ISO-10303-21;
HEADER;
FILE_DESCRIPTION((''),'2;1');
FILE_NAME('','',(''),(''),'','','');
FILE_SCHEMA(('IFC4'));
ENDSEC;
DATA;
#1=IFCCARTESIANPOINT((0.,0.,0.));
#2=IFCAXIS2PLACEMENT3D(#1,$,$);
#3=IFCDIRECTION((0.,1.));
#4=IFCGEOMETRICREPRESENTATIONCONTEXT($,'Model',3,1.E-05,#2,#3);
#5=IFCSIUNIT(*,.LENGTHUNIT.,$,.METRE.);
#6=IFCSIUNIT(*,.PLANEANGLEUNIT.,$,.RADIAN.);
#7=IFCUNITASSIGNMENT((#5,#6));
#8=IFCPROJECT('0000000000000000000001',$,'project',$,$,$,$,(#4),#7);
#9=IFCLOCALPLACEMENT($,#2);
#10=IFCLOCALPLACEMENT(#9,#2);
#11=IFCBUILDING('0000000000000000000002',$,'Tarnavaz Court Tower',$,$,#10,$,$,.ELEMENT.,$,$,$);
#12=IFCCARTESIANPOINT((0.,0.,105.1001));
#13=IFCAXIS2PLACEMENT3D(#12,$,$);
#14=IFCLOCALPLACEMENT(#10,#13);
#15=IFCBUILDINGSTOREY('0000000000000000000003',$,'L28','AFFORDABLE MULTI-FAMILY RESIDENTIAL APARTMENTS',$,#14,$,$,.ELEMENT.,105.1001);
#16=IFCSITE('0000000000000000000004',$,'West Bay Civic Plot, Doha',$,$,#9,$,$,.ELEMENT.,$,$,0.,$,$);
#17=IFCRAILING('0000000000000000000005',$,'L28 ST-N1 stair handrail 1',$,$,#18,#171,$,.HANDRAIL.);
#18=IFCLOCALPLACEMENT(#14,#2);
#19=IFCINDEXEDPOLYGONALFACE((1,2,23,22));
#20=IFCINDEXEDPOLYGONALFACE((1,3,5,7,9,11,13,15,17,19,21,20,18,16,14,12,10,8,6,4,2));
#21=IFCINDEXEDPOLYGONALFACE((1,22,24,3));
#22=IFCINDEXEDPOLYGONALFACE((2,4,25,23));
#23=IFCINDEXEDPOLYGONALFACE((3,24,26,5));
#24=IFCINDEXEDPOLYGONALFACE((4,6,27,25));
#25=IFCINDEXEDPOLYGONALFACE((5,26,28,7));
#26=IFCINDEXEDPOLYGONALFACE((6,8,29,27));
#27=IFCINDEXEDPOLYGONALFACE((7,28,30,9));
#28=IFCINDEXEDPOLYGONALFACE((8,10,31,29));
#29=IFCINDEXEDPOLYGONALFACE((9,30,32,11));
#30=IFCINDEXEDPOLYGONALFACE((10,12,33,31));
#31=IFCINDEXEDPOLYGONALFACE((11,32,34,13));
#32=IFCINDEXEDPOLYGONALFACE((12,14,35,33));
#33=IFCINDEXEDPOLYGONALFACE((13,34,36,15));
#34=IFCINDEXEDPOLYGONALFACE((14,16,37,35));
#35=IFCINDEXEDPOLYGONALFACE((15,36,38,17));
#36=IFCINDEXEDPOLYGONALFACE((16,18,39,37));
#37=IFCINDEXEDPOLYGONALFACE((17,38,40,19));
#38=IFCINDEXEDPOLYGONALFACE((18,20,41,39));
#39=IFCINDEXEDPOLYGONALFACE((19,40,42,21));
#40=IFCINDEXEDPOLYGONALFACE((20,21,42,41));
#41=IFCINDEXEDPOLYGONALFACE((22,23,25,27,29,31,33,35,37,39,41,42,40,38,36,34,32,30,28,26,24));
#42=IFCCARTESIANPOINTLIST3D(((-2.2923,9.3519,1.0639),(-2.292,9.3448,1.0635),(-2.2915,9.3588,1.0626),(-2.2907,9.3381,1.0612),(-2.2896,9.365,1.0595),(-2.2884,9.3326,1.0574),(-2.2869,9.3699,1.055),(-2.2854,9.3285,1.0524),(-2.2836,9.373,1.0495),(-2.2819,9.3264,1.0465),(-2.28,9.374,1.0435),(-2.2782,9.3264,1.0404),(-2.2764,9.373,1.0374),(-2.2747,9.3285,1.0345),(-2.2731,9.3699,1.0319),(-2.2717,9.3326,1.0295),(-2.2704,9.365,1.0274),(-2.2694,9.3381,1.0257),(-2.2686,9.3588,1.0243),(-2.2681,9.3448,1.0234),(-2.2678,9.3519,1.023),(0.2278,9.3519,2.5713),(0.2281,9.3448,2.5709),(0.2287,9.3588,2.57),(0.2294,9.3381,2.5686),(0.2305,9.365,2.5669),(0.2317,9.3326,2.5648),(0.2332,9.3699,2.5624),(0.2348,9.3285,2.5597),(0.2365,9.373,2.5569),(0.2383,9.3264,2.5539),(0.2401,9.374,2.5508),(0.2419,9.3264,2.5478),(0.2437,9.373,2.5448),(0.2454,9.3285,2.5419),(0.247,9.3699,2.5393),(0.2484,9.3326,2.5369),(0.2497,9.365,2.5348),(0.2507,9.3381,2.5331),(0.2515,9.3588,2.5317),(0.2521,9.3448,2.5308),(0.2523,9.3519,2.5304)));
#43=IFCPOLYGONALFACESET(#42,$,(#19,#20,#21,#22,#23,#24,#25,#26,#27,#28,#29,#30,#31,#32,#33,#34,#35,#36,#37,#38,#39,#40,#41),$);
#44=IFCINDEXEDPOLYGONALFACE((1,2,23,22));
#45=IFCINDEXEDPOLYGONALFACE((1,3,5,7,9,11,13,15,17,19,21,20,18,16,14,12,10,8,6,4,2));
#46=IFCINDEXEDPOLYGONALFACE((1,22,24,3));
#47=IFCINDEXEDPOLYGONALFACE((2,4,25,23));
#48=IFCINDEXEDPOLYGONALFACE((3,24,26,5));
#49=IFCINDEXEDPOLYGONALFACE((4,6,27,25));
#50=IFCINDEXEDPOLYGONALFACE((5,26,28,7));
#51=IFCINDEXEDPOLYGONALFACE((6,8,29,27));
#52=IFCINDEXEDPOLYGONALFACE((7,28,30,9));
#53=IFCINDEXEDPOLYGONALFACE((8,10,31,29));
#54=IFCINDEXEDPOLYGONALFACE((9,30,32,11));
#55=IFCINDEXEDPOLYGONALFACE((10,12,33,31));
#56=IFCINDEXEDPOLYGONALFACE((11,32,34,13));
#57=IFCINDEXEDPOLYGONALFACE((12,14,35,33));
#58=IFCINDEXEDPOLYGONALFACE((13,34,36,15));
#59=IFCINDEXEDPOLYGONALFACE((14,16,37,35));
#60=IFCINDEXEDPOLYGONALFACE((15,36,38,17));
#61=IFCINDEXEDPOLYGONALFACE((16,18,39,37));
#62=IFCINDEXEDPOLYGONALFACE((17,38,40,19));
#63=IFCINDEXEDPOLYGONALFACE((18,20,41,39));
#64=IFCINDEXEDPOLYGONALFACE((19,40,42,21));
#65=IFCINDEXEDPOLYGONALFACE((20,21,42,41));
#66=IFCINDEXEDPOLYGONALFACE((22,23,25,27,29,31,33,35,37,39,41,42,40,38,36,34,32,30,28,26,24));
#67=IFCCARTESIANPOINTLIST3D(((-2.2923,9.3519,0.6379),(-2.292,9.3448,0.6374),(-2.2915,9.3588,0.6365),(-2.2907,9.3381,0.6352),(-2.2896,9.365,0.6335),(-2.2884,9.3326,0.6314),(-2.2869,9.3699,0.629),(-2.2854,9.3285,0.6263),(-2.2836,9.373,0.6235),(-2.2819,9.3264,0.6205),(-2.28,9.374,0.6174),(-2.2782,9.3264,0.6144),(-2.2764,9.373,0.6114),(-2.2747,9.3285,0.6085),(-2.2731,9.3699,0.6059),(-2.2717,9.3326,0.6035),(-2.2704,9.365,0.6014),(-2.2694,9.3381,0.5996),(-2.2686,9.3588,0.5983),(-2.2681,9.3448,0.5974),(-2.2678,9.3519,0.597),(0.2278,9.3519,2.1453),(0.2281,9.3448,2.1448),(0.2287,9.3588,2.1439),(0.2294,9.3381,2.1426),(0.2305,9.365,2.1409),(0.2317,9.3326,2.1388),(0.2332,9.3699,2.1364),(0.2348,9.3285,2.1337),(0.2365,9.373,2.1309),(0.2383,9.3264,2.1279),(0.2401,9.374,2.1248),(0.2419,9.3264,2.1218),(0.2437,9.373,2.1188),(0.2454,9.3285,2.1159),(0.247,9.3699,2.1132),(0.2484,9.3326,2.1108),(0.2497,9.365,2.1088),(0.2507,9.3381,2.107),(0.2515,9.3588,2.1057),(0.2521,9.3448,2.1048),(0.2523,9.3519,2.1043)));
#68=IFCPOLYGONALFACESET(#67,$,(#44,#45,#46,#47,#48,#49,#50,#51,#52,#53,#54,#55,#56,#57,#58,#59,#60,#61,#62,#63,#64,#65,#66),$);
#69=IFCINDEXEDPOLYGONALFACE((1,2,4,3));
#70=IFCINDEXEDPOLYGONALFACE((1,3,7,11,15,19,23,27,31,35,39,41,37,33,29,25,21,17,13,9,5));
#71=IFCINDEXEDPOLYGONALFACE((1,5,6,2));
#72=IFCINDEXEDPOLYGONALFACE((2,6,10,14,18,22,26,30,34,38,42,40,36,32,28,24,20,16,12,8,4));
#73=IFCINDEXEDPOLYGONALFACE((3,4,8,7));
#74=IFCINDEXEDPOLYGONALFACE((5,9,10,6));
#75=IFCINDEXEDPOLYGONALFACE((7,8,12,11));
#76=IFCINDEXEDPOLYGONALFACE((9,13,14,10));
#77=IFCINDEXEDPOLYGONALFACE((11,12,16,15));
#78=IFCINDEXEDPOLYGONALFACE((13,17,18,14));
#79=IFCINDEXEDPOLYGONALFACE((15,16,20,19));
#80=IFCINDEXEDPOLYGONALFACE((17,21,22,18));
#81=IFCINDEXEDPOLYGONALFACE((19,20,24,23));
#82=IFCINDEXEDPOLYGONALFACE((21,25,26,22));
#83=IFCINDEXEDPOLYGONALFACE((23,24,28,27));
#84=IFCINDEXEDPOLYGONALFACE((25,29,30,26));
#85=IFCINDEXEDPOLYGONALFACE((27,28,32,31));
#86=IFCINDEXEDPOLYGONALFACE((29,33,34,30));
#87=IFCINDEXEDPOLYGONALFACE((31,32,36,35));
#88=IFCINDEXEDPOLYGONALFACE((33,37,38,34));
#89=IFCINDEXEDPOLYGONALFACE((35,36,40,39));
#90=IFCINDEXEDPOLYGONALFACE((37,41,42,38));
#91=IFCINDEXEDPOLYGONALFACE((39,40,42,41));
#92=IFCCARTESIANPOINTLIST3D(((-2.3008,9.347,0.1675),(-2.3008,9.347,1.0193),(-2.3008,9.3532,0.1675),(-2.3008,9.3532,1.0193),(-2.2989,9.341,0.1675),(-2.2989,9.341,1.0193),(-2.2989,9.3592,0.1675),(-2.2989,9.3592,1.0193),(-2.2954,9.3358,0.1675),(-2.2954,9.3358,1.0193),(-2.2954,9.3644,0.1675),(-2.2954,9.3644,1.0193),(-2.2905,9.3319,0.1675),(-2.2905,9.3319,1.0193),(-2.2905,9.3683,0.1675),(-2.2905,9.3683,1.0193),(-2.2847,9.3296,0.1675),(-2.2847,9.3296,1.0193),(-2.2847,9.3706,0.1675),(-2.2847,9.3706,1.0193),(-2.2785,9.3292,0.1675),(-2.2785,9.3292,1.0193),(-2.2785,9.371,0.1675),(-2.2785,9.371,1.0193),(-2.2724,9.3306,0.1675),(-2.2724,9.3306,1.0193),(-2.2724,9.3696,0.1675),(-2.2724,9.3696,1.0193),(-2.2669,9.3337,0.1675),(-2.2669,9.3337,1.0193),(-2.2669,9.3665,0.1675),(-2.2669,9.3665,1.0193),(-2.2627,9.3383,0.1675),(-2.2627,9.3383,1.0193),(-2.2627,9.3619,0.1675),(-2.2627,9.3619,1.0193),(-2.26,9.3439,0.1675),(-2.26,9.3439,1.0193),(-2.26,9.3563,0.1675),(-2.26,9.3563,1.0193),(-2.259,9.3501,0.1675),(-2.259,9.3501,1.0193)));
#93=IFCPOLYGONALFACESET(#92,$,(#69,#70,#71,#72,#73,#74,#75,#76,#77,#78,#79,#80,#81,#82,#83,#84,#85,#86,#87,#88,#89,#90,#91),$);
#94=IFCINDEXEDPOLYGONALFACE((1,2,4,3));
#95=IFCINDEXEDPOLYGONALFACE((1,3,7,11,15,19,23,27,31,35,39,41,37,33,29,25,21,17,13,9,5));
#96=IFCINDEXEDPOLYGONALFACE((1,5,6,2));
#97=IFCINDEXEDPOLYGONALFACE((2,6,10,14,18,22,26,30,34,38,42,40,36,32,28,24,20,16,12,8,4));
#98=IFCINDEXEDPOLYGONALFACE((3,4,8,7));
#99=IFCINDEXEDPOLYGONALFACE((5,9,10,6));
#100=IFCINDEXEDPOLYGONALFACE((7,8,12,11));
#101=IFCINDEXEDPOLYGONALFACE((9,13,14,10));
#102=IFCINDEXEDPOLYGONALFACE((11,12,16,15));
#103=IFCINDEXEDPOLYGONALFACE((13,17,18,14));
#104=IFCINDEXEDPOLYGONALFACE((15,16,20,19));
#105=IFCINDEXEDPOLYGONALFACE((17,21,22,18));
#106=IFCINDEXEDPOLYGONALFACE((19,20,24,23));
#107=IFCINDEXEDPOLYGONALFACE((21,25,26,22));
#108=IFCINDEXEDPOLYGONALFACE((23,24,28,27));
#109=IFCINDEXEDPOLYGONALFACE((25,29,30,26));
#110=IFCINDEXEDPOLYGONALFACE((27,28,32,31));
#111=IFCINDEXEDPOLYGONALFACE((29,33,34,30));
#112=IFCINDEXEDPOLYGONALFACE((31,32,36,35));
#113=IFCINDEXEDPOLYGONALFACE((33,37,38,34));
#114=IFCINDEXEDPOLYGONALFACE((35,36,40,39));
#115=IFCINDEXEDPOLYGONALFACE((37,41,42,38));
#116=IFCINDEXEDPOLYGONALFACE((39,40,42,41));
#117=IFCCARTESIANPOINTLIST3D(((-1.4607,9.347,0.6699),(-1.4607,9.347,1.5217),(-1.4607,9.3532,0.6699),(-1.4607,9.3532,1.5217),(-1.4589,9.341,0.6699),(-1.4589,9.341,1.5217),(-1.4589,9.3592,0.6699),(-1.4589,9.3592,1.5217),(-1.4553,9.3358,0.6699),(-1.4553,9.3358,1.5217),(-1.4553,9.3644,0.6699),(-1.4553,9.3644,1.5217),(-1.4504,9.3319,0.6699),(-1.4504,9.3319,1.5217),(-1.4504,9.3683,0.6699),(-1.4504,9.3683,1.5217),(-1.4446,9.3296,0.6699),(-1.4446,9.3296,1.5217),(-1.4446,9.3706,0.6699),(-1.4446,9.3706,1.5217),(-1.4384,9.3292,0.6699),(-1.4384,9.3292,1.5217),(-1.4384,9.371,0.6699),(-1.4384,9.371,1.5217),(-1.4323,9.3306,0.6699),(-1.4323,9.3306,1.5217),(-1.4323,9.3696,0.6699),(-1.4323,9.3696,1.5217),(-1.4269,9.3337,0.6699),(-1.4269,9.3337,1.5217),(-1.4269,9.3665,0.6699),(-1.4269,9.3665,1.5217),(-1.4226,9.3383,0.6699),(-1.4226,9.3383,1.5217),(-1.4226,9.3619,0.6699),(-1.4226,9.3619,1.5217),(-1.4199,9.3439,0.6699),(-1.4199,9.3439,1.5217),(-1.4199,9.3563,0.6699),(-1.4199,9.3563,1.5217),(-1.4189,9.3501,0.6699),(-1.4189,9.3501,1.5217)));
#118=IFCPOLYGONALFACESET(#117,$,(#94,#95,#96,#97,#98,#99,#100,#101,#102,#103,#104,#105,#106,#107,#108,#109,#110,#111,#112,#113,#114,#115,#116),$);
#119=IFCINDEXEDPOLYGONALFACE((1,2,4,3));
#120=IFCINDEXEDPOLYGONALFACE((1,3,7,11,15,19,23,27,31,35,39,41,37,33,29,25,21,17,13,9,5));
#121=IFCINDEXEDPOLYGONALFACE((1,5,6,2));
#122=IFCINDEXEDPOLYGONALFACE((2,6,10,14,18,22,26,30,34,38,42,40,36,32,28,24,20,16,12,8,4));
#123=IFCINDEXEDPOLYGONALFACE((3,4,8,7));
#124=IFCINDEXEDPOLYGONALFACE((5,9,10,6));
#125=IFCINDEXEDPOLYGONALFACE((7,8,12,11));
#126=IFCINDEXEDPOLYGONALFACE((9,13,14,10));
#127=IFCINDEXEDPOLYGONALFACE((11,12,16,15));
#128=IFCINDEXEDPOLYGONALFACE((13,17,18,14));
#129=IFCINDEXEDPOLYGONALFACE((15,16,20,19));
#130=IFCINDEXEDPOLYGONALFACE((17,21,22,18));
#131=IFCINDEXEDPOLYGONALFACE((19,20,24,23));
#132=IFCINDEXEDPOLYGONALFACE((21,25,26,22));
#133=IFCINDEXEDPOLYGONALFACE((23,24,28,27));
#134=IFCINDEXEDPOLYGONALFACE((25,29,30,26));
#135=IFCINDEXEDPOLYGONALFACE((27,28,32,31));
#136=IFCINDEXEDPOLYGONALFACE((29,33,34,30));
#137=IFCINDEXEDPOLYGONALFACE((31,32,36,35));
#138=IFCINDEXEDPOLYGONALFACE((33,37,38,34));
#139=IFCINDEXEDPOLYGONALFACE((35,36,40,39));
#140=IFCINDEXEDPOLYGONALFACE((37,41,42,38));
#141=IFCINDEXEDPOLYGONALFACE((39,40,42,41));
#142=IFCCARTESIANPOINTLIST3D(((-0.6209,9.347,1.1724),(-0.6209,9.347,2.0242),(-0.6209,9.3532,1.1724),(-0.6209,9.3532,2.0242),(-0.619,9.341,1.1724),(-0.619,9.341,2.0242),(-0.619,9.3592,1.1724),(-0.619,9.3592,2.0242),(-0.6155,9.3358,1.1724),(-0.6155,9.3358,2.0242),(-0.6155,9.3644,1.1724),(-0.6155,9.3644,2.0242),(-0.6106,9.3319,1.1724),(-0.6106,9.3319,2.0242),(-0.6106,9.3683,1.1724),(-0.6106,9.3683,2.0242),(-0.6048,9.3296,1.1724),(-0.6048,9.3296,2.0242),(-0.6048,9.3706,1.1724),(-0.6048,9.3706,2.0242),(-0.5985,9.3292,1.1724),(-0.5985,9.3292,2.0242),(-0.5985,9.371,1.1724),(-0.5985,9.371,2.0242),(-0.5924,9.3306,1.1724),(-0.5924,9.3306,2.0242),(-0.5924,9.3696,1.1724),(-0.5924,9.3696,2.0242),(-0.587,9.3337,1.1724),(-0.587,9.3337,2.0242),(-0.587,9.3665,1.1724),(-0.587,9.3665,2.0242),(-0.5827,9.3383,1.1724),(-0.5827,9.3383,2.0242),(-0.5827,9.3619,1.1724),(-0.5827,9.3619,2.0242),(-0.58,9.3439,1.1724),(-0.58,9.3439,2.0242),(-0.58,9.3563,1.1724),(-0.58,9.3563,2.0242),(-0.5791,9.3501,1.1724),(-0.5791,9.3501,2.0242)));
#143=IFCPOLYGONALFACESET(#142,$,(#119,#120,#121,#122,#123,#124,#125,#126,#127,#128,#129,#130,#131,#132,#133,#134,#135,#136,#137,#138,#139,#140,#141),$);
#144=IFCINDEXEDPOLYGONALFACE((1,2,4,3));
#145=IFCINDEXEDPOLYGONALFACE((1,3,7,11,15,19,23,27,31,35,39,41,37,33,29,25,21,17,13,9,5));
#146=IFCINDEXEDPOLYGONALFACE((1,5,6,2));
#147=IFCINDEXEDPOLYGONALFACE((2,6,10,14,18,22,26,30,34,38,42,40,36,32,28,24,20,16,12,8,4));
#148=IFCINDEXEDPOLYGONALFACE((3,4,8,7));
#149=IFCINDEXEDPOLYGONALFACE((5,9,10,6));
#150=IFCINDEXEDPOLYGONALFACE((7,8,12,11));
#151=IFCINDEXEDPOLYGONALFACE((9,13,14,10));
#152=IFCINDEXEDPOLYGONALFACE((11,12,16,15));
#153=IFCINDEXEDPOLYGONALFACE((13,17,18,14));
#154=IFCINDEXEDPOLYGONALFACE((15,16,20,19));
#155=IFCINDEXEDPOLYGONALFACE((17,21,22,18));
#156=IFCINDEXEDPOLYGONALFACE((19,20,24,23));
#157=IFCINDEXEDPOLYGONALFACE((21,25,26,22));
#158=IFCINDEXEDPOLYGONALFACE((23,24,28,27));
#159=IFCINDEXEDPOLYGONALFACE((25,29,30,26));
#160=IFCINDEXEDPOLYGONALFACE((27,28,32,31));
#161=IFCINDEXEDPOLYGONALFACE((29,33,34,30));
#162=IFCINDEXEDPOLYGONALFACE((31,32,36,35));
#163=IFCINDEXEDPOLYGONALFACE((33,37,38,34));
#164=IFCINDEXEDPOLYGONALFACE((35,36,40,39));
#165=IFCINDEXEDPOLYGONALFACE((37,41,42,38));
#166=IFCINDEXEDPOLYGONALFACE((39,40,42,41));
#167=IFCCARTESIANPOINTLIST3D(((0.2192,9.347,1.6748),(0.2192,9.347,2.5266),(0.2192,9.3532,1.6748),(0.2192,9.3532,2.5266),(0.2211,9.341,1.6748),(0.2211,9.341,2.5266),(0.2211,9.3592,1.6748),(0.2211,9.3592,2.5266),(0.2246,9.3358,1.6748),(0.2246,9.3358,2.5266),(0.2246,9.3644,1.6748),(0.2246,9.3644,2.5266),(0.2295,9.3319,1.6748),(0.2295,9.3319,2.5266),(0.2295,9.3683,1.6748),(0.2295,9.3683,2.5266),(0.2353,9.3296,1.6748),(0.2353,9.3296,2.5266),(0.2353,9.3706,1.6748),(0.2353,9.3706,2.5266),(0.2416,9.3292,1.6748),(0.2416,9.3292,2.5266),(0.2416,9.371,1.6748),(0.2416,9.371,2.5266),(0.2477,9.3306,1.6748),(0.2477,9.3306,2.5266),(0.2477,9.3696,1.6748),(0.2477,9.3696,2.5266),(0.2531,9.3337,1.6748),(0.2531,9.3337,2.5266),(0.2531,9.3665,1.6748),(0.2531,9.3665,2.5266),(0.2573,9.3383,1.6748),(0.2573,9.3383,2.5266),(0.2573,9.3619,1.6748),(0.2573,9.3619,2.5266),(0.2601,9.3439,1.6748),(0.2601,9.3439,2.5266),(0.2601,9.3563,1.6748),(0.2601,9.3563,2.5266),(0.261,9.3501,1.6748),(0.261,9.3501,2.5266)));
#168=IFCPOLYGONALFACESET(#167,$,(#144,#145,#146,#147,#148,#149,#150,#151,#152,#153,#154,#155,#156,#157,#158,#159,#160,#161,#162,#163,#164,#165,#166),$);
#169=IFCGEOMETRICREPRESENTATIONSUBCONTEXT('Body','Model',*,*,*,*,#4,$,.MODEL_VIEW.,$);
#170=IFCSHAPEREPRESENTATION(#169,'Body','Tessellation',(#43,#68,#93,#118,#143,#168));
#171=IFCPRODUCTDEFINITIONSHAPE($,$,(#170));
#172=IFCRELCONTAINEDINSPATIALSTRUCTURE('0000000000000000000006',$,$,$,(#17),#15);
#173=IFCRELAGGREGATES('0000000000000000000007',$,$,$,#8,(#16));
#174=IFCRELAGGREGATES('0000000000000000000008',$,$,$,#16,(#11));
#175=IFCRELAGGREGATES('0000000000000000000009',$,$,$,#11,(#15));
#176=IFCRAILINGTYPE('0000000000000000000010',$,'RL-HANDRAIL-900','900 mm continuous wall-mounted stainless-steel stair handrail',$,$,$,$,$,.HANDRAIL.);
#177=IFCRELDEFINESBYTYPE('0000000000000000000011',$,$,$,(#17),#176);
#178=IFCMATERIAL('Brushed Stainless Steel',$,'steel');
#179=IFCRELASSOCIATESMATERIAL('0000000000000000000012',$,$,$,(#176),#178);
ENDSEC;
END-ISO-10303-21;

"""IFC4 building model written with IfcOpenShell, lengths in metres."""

from ifc_helpers import new_model, si_unit, direction, frame, origin, origin_2d, place, context, subcontext, project, spatial, circle, extrude, material, type_object, element, save


model = new_model("IFC4")

# Units and contexts
model_context = context("Model", 3, precision=1e-05, world=origin(), true_north=direction((0.0, 1.0)))
body_context = subcontext(model_context, "Body", "Model", "MODEL_VIEW")
ifc_project = project(units=[si_unit("LENGTHUNIT", "METRE"), si_unit("PLANEANGLEUNIT", "RADIAN")], contexts=[model_context])

# Site, building, storey
site_placement = place(None, origin())
site = spatial("IfcSite", under=ifc_project, at=site_placement, Name="West Bay Civic Plot, Doha", CompositionType="ELEMENT", RefElevation=0.0)
building_placement = place(site_placement, origin())
building = spatial("IfcBuilding", under=site, at=building_placement, Name="Tarnavaz Court Tower", CompositionType="ELEMENT")
storey_placement = place(building_placement, frame((0.0, 0.0, 105.1001)))
storey = spatial("IfcBuildingStorey", under=building, at=storey_placement, Name="L28", Description="AFFORDABLE MULTI-FAMILY RESIDENTIAL APARTMENTS", CompositionType="ELEMENT", Elevation=105.1001)

# Railing
ifc_material_1 = material(Name="Brushed Stainless Steel", Category="steel")
railing_type_1 = type_object("IfcRailingType", Name="RL-HANDRAIL-900", Description="900 mm continuous wall-mounted stainless-steel stair handrail", PredefinedType="HANDRAIL", material=ifc_material_1)
railing_1_placement = place(storey_placement, frame((-2.28, 9.3501, 0.1675)))
element("IfcRailing", 1, at=railing_1_placement, inside=storey, type_object=railing_type_1, Name="L28 ST-N1 stair handrail 1", PredefinedType="HANDRAIL", context=body_context, shape_type="SweptSolid", body=[
    extrude(circle(Radius=0.0239, at=origin_2d()), frame((0.0, 0.0, 0.876), z_axis=(0.858196, 0.0, 0.513321), x_axis=(0.0, 1.0, 0.0)), (0.0, 0.0, 1.0), 2.9365),
    extrude(circle(Radius=0.0239, at=origin_2d()), frame((0.0, 0.0, 0.45), z_axis=(0.858196, 0.0, 0.513321), x_axis=(0.0, 1.0, 0.0)), (0.0, 0.0, 1.0), 2.9365),
    extrude(circle(Radius=0.021, at=origin_2d()), origin(), (0.0, 0.0, 1.0), 0.8518),
    extrude(circle(Radius=0.021, at=origin_2d()), frame((0.8401, 0.0, 0.5024)), (0.0, 0.0, 1.0), 0.8518),
    extrude(circle(Radius=0.021, at=origin_2d()), frame((1.6799, 0.0, 1.0049)), (0.0, 0.0, 1.0), 0.8518),
    extrude(circle(Radius=0.021, at=origin_2d()), frame((2.52, 0.0, 1.5073)), (0.0, 0.0, 1.0), 0.8518),
])

save(model, "model.ifc")
